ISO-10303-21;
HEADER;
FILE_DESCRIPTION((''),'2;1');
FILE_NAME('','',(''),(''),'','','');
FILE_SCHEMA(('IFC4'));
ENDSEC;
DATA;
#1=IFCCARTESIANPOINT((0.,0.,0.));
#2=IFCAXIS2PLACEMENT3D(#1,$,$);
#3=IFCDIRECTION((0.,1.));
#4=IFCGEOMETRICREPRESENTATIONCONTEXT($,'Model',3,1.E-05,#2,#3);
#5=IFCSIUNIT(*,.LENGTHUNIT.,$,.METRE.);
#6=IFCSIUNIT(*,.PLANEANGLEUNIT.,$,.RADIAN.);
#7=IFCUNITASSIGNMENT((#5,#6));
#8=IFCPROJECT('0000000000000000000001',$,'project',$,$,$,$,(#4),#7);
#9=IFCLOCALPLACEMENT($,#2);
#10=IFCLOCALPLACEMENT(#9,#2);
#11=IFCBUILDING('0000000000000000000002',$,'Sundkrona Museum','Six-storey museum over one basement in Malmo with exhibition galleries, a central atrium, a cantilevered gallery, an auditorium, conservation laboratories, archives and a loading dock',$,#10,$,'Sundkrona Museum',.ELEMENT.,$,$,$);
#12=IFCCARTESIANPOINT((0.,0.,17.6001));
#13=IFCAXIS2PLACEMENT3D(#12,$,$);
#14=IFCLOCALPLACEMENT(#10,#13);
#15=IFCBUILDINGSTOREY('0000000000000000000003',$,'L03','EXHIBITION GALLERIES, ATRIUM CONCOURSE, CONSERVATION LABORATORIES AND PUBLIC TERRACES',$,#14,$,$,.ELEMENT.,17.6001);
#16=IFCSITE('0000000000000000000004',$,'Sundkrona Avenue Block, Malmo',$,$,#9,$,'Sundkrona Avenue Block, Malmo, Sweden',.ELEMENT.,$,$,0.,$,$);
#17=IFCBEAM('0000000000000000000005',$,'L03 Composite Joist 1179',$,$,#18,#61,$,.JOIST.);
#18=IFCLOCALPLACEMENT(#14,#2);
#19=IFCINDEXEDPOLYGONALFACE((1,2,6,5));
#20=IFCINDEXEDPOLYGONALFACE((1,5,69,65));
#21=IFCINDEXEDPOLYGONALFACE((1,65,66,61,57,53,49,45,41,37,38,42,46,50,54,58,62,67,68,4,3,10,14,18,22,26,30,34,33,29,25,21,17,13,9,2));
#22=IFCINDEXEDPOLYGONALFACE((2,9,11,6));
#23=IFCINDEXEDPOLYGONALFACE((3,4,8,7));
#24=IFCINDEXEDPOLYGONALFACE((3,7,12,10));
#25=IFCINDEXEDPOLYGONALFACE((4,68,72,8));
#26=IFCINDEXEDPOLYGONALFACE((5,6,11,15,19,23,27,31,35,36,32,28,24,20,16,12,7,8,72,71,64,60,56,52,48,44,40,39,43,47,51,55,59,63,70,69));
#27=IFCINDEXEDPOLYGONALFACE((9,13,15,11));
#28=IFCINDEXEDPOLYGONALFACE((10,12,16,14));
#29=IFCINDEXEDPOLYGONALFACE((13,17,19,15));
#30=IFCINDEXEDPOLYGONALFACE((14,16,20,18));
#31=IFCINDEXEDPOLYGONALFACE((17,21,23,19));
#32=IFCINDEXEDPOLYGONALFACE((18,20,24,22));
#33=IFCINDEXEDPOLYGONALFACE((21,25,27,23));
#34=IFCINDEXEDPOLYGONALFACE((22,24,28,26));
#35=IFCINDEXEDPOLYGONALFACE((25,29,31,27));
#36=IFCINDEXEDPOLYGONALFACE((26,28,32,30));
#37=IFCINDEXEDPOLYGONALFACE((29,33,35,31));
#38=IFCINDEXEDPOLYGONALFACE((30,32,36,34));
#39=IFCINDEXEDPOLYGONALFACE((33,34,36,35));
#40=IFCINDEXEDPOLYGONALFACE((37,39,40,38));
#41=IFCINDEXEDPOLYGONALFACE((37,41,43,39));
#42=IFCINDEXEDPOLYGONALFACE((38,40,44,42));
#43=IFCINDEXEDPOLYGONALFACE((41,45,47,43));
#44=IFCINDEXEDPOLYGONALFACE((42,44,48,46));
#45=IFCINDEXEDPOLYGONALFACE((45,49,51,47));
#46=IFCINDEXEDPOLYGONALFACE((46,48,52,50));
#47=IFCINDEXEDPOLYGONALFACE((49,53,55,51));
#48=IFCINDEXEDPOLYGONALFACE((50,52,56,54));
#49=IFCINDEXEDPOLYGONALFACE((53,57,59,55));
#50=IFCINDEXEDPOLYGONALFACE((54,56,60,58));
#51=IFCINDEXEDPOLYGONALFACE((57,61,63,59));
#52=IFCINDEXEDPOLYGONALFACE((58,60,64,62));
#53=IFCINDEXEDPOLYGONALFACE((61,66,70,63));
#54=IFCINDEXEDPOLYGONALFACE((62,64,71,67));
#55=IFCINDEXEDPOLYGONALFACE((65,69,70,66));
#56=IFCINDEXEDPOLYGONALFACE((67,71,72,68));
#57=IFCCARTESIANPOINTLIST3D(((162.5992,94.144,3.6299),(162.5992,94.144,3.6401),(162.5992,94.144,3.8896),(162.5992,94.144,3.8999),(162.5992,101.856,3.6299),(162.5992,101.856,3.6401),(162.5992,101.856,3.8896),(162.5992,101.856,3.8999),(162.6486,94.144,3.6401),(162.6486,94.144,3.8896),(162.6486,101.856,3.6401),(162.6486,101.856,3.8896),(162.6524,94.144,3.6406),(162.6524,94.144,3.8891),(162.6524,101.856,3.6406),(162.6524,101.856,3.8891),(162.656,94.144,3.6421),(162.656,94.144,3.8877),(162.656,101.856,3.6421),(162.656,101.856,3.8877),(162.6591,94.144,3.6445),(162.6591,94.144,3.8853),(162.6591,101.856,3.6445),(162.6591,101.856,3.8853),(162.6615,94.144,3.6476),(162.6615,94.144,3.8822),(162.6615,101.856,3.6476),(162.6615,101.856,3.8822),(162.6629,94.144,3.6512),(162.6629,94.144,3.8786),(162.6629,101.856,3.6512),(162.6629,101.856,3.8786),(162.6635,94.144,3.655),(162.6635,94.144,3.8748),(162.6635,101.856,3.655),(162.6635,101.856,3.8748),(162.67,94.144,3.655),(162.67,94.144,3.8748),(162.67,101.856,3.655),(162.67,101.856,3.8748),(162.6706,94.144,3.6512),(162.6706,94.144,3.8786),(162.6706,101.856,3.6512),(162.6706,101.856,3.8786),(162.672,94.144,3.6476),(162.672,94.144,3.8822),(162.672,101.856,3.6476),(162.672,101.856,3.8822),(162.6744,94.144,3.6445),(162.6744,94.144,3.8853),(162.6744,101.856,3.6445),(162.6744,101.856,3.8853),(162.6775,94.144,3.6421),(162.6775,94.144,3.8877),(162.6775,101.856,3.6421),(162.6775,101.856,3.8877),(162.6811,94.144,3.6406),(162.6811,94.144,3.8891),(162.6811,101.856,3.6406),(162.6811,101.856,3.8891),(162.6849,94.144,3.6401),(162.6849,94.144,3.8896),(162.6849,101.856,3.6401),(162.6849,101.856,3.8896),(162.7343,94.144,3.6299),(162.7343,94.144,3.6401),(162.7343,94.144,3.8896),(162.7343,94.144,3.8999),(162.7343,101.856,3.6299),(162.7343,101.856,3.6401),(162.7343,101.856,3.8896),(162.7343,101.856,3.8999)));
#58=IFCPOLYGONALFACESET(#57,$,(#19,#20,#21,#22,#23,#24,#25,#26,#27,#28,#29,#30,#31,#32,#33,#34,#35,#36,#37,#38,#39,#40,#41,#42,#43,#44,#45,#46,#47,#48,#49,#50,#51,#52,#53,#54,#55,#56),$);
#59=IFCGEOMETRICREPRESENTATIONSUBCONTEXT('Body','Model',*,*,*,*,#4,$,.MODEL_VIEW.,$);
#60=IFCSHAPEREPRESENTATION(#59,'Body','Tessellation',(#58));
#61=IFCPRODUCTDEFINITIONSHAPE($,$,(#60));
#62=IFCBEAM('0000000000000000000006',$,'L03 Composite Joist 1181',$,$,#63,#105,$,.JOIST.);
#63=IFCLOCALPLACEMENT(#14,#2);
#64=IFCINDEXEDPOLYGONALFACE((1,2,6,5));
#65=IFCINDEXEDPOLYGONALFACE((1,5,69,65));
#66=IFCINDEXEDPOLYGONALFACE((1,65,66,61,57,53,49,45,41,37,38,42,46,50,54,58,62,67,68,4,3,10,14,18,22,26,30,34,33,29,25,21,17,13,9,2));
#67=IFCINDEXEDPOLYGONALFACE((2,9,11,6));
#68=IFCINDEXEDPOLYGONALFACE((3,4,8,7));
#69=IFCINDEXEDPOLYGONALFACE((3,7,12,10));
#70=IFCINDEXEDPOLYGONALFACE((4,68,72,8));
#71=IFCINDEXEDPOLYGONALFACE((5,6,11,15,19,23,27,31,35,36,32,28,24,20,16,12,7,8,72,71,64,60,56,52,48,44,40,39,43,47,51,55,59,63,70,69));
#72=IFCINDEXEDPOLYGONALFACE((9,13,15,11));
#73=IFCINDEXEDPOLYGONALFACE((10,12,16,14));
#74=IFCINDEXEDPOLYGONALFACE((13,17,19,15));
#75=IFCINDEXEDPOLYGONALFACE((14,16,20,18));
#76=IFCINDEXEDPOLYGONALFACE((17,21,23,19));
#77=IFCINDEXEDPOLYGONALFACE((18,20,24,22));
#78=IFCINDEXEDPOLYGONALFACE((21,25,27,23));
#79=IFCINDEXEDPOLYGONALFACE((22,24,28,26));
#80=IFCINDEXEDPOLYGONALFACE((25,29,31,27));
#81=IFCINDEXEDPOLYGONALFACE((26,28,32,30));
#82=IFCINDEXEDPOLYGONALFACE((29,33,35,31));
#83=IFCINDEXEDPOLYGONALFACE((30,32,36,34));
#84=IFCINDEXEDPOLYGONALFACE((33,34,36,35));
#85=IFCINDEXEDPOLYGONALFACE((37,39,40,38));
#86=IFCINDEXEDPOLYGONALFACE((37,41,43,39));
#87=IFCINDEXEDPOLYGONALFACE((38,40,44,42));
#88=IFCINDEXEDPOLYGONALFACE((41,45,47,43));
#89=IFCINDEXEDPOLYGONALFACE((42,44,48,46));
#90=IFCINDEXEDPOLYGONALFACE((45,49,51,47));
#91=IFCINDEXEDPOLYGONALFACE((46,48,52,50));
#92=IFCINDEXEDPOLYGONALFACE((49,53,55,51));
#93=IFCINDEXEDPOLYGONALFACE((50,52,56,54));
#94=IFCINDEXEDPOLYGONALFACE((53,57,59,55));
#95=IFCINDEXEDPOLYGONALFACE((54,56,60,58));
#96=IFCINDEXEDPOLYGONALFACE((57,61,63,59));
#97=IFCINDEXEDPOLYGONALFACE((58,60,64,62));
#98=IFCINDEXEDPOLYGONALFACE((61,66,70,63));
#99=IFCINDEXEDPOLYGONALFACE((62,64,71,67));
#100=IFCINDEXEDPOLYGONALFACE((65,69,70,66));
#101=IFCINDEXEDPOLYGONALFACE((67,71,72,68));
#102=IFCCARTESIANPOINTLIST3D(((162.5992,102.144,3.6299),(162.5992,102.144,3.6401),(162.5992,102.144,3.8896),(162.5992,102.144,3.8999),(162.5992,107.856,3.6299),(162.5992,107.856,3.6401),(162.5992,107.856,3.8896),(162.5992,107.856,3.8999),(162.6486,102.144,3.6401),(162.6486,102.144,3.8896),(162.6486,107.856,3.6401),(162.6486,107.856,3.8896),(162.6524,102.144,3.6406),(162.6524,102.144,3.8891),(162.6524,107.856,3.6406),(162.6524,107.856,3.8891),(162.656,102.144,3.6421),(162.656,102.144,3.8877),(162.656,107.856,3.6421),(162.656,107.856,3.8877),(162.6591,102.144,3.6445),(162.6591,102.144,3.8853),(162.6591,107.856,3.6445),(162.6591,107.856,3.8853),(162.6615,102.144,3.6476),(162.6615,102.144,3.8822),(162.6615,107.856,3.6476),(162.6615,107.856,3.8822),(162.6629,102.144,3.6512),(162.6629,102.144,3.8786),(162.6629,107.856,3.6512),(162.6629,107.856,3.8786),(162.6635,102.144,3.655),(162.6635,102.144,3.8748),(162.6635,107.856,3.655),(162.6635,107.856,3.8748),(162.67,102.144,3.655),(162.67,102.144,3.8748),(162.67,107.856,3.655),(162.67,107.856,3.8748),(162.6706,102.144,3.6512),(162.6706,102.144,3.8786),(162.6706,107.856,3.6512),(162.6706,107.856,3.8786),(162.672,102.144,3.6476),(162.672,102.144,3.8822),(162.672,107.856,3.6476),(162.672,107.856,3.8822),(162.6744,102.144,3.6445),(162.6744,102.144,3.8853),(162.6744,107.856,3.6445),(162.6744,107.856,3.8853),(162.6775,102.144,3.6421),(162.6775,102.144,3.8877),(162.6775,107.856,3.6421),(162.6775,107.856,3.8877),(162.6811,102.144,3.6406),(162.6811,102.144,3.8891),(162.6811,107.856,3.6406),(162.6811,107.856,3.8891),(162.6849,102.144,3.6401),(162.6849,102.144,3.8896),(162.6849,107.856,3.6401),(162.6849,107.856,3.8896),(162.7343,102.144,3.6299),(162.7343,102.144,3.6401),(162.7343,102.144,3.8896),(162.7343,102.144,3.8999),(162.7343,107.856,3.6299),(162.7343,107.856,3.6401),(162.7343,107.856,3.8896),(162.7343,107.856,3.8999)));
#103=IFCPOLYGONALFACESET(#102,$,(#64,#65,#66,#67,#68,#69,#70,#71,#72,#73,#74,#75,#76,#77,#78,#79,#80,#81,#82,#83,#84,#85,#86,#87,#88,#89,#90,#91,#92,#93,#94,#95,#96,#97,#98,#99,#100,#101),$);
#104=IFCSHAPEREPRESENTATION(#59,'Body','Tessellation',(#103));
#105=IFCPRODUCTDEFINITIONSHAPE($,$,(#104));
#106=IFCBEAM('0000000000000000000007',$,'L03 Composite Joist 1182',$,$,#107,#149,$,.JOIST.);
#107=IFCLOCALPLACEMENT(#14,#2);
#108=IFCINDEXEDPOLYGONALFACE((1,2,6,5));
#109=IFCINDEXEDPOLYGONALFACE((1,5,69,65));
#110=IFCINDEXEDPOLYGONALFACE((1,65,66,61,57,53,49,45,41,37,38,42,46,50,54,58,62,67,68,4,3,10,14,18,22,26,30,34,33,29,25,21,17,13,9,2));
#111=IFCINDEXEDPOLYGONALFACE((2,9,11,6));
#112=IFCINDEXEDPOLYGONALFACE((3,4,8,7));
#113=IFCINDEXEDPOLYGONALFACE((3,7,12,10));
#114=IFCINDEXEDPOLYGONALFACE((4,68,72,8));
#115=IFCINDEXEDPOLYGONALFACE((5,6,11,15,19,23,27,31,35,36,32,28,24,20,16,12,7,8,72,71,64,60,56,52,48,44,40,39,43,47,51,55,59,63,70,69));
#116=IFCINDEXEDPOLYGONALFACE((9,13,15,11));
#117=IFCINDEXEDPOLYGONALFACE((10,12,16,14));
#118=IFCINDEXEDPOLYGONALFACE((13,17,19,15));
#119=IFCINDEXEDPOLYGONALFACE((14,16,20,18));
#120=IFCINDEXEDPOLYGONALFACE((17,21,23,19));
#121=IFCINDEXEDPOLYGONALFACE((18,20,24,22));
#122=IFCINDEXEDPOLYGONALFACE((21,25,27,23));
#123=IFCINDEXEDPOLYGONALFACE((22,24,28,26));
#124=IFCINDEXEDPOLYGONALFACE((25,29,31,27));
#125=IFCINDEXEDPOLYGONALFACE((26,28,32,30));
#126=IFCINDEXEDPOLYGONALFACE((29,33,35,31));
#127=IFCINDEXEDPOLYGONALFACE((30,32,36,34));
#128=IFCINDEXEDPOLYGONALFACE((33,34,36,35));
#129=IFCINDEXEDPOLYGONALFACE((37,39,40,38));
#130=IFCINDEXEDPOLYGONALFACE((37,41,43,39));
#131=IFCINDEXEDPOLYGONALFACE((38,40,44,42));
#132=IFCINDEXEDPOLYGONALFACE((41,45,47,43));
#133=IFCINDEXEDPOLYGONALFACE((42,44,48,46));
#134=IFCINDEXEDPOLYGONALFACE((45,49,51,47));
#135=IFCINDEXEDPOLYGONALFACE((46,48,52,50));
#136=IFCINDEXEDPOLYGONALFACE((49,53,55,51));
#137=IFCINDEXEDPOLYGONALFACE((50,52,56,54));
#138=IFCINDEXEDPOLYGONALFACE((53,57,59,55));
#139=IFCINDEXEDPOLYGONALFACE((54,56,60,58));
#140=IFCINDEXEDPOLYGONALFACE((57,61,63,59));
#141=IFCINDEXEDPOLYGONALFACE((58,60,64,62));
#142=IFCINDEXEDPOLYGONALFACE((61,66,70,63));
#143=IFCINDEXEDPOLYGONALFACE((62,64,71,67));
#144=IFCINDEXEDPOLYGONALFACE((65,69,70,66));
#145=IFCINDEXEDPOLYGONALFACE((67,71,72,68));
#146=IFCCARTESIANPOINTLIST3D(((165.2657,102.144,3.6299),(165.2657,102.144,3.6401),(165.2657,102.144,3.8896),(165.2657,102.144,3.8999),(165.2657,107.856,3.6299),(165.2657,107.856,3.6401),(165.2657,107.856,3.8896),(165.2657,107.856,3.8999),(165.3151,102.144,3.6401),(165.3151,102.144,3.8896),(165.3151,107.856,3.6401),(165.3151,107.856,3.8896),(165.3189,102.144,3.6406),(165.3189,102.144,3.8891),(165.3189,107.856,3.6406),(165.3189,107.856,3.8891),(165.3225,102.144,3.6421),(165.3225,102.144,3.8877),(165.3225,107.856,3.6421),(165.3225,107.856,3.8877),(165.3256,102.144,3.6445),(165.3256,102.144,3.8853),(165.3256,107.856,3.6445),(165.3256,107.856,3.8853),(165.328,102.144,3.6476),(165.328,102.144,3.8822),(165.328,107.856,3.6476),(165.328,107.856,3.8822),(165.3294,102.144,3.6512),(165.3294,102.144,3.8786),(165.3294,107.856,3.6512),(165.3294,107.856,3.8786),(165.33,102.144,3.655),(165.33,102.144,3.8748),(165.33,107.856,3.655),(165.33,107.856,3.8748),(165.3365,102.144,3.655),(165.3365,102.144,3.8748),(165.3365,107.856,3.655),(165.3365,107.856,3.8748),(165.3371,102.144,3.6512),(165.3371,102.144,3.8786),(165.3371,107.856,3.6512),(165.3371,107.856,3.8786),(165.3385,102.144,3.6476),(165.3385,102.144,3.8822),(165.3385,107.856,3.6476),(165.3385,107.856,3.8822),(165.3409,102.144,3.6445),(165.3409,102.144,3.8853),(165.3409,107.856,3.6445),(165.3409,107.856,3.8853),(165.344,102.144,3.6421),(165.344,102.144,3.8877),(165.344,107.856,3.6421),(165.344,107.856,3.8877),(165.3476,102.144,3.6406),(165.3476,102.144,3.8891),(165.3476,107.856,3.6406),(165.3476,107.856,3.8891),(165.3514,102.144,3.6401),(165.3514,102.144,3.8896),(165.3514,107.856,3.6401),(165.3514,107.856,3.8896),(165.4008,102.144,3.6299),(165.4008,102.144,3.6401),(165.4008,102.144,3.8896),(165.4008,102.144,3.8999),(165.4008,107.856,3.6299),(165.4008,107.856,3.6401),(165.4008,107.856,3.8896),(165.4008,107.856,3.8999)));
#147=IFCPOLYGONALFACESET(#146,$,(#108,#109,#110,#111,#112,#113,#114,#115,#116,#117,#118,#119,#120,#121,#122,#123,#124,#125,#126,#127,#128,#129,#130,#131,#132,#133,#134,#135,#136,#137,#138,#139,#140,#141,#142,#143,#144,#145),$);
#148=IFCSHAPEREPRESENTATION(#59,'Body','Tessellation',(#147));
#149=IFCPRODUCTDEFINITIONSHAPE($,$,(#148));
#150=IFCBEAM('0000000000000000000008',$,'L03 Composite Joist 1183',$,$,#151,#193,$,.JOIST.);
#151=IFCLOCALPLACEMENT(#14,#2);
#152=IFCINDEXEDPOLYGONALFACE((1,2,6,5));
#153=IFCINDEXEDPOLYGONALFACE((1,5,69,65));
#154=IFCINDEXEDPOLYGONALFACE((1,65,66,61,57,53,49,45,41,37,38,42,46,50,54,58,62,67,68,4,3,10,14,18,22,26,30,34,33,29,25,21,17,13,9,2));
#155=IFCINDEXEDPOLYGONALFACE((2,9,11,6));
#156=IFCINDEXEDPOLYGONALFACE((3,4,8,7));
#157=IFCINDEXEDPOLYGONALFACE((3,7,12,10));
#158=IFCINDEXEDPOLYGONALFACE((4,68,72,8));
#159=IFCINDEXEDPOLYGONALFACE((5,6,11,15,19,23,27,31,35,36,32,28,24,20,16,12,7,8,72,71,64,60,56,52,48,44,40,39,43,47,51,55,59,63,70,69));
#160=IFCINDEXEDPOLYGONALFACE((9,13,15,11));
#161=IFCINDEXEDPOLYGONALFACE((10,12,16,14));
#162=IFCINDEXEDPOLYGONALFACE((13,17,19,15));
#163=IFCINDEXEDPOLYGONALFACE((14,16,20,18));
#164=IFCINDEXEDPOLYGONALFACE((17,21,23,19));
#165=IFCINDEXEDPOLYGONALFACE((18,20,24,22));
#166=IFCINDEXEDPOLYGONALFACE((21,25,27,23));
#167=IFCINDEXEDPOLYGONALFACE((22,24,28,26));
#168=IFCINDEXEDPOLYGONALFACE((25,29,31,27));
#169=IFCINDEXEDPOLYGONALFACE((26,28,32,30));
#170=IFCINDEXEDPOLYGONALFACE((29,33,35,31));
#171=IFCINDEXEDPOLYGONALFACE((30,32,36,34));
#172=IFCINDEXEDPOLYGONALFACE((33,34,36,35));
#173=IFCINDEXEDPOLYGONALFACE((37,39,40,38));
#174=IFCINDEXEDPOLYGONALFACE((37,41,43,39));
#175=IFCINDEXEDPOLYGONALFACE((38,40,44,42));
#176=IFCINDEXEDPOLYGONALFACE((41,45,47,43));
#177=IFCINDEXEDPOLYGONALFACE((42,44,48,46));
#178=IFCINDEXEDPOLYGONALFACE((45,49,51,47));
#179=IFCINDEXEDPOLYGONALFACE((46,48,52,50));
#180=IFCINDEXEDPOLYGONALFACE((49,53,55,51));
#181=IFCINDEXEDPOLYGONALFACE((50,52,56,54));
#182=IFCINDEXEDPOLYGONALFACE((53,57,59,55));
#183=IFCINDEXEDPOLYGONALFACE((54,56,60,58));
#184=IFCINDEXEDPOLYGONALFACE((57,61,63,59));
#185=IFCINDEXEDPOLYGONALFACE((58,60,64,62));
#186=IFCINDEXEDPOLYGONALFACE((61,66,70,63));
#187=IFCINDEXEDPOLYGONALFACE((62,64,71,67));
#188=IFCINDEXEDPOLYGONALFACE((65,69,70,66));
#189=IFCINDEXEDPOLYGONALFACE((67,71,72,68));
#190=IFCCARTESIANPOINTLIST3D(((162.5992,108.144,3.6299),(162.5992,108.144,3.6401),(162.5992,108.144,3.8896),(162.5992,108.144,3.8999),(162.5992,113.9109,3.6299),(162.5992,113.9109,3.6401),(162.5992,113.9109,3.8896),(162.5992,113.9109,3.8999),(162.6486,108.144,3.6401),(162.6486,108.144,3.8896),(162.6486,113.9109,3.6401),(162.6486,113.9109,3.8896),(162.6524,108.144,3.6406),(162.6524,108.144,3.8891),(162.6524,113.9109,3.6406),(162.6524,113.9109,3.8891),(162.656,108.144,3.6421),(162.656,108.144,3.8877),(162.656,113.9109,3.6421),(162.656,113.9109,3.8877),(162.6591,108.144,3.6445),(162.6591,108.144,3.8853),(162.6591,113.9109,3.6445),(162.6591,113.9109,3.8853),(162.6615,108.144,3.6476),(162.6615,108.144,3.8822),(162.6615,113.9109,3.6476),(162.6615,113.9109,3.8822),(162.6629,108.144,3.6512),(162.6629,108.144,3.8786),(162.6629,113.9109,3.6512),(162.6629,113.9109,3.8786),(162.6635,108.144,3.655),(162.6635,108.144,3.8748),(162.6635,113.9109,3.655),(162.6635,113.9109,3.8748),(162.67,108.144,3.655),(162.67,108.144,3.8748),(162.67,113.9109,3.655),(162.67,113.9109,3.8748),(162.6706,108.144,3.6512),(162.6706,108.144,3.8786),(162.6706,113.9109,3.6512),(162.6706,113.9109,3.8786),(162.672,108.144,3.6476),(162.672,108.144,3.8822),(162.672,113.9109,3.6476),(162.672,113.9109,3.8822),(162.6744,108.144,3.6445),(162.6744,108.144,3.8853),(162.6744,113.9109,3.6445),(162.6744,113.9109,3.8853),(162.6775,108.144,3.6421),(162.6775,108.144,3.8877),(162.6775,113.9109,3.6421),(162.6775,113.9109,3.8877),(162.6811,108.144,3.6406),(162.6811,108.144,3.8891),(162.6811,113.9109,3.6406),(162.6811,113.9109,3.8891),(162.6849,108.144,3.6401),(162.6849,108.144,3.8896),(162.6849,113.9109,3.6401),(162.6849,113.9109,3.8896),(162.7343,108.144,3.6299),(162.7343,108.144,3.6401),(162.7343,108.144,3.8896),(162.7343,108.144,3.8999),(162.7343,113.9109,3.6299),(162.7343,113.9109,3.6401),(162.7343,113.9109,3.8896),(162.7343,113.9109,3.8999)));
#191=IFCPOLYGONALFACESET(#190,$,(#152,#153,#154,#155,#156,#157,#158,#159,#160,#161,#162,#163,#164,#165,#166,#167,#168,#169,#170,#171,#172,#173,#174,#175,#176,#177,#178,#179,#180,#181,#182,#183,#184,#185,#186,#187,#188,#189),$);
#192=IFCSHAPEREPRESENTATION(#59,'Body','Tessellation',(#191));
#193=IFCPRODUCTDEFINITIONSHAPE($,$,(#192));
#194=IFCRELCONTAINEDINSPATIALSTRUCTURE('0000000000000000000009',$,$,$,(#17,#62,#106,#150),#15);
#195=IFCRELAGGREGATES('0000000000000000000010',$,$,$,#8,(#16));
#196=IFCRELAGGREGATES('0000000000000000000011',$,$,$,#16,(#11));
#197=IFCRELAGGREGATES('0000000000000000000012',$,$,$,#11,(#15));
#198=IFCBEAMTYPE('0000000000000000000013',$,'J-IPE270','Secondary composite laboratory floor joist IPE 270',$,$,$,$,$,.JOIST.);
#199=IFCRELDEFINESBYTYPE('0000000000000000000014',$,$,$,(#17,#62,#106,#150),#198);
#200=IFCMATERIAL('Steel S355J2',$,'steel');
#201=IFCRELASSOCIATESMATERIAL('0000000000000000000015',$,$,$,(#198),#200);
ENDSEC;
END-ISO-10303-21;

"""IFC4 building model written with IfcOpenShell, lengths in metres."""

from ifc_helpers import new_model, si_unit, direction, frame, origin, origin_2d, place, context, subcontext, project, spatial, i_section, extrude, material, material_profile, profile_set, type_object, element, save


model = new_model("IFC4")

# Units and contexts
model_context = context("Model", 3, precision=1e-05, world=origin(), true_north=direction((0.0, 1.0)))
body_context = subcontext(model_context, "Body", "Model", "MODEL_VIEW")
ifc_project = project(units=[si_unit("LENGTHUNIT", "METRE"), si_unit("PLANEANGLEUNIT", "RADIAN")], contexts=[model_context])

# Site, building, storey
site_placement = place(None, origin())
site = spatial("IfcSite", under=ifc_project, at=site_placement, Name="Sundkrona Avenue Block, Malmo", LongName="Sundkrona Avenue Block, Malmo, Sweden", CompositionType="ELEMENT", RefElevation=0.0)
building_placement = place(site_placement, origin())
building = spatial("IfcBuilding", under=site, at=building_placement, Name="Sundkrona Museum", Description="Six-storey museum over one basement in Malmo with exhibition galleries, a central atrium, a cantilevered gallery, an auditorium, conservation laboratories, archives and a loading dock", LongName="Sundkrona Museum", CompositionType="ELEMENT")
storey_placement = place(building_placement, frame((0.0, 0.0, 17.6001)))
storey = spatial("IfcBuildingStorey", under=building, at=storey_placement, Name="L03", Description="EXHIBITION GALLERIES, ATRIUM CONCOURSE, CONSERVATION LABORATORIES AND PUBLIC TERRACES", CompositionType="ELEMENT", Elevation=17.6001)

# Shared definitions
ifc_material_1 = material(Name="Steel S355J2", Category="steel")

# Beams
ifc_material_profile_1 = material_profile(ifc_material_1, i_section(OverallWidth=0.135, OverallDepth=0.27, WebThickness=0.0066, FlangeThickness=0.0103, FilletRadius=0.0149, at=origin_2d()), Name="IPE 270")
ifc_profile_set_1 = profile_set([ifc_material_profile_1], Name="Steel S355J2")
beam_type_1 = type_object("IfcBeamType", Name="J-IPE270", Description="Secondary composite laboratory floor joist IPE 270", PredefinedType="JOIST", material=ifc_profile_set_1)
beam_1_placement = place(storey_placement, frame((162.6667, 94.144, 3.7649), z_axis=(0.0, 1.0, 0.0), x_axis=(-1.0, 0.0, 0.0)))
element("IfcBeam", 1, at=beam_1_placement, inside=storey, type_object=beam_type_1, Name="L03 Composite Joist 1179", PredefinedType="JOIST", context=body_context, shape_type="SweptSolid", body=[
    extrude(i_section(OverallWidth=0.135, OverallDepth=0.27, WebThickness=0.0066, FlangeThickness=0.0103, FilletRadius=0.0149, at=origin_2d()), origin(), (0.0, 0.0, 1.0), 7.7119),
])
for number, where, z_axis, x_axis, name in (
    (2, (162.6667, 102.144, 3.7649), (0.0, 1.0, 0.0), (-1.0, 0.0, 0.0), "L03 Composite Joist 1181"),
    (3, (165.3333, 102.144, 3.7649), (0.0, 1.0, 0.0), (-1.0, 0.0, 0.0), "L03 Composite Joist 1182"),
):
    element("IfcBeam", number, at=place(storey_placement, frame(where, z_axis=z_axis, x_axis=x_axis)), inside=storey, type_object=beam_type_1, Name=name, PredefinedType="JOIST", context=body_context, shape_type="SweptSolid", body=[
        extrude(i_section(OverallWidth=0.135, OverallDepth=0.27, WebThickness=0.0066, FlangeThickness=0.0103, FilletRadius=0.0149, at=origin_2d()), origin(), (0.0, 0.0, 1.0), 5.7119),
    ])
for number, where, z_axis, x_axis, name in (
    (4, (162.6667, 108.144, 3.7649), (0.0, 1.0, 0.0), (-1.0, 0.0, 0.0), "L03 Composite Joist 1183"),
):
    element("IfcBeam", number, at=place(storey_placement, frame(where, z_axis=z_axis, x_axis=x_axis)), inside=storey, type_object=beam_type_1, Name=name, PredefinedType="JOIST", context=body_context, shape_type="SweptSolid", body=[
        extrude(i_section(OverallWidth=0.135, OverallDepth=0.27, WebThickness=0.0066, FlangeThickness=0.0103, FilletRadius=0.0149, at=origin_2d()), origin(), (0.0, 0.0, 1.0), 5.7668),
    ])

save(model, "model.ifc")
